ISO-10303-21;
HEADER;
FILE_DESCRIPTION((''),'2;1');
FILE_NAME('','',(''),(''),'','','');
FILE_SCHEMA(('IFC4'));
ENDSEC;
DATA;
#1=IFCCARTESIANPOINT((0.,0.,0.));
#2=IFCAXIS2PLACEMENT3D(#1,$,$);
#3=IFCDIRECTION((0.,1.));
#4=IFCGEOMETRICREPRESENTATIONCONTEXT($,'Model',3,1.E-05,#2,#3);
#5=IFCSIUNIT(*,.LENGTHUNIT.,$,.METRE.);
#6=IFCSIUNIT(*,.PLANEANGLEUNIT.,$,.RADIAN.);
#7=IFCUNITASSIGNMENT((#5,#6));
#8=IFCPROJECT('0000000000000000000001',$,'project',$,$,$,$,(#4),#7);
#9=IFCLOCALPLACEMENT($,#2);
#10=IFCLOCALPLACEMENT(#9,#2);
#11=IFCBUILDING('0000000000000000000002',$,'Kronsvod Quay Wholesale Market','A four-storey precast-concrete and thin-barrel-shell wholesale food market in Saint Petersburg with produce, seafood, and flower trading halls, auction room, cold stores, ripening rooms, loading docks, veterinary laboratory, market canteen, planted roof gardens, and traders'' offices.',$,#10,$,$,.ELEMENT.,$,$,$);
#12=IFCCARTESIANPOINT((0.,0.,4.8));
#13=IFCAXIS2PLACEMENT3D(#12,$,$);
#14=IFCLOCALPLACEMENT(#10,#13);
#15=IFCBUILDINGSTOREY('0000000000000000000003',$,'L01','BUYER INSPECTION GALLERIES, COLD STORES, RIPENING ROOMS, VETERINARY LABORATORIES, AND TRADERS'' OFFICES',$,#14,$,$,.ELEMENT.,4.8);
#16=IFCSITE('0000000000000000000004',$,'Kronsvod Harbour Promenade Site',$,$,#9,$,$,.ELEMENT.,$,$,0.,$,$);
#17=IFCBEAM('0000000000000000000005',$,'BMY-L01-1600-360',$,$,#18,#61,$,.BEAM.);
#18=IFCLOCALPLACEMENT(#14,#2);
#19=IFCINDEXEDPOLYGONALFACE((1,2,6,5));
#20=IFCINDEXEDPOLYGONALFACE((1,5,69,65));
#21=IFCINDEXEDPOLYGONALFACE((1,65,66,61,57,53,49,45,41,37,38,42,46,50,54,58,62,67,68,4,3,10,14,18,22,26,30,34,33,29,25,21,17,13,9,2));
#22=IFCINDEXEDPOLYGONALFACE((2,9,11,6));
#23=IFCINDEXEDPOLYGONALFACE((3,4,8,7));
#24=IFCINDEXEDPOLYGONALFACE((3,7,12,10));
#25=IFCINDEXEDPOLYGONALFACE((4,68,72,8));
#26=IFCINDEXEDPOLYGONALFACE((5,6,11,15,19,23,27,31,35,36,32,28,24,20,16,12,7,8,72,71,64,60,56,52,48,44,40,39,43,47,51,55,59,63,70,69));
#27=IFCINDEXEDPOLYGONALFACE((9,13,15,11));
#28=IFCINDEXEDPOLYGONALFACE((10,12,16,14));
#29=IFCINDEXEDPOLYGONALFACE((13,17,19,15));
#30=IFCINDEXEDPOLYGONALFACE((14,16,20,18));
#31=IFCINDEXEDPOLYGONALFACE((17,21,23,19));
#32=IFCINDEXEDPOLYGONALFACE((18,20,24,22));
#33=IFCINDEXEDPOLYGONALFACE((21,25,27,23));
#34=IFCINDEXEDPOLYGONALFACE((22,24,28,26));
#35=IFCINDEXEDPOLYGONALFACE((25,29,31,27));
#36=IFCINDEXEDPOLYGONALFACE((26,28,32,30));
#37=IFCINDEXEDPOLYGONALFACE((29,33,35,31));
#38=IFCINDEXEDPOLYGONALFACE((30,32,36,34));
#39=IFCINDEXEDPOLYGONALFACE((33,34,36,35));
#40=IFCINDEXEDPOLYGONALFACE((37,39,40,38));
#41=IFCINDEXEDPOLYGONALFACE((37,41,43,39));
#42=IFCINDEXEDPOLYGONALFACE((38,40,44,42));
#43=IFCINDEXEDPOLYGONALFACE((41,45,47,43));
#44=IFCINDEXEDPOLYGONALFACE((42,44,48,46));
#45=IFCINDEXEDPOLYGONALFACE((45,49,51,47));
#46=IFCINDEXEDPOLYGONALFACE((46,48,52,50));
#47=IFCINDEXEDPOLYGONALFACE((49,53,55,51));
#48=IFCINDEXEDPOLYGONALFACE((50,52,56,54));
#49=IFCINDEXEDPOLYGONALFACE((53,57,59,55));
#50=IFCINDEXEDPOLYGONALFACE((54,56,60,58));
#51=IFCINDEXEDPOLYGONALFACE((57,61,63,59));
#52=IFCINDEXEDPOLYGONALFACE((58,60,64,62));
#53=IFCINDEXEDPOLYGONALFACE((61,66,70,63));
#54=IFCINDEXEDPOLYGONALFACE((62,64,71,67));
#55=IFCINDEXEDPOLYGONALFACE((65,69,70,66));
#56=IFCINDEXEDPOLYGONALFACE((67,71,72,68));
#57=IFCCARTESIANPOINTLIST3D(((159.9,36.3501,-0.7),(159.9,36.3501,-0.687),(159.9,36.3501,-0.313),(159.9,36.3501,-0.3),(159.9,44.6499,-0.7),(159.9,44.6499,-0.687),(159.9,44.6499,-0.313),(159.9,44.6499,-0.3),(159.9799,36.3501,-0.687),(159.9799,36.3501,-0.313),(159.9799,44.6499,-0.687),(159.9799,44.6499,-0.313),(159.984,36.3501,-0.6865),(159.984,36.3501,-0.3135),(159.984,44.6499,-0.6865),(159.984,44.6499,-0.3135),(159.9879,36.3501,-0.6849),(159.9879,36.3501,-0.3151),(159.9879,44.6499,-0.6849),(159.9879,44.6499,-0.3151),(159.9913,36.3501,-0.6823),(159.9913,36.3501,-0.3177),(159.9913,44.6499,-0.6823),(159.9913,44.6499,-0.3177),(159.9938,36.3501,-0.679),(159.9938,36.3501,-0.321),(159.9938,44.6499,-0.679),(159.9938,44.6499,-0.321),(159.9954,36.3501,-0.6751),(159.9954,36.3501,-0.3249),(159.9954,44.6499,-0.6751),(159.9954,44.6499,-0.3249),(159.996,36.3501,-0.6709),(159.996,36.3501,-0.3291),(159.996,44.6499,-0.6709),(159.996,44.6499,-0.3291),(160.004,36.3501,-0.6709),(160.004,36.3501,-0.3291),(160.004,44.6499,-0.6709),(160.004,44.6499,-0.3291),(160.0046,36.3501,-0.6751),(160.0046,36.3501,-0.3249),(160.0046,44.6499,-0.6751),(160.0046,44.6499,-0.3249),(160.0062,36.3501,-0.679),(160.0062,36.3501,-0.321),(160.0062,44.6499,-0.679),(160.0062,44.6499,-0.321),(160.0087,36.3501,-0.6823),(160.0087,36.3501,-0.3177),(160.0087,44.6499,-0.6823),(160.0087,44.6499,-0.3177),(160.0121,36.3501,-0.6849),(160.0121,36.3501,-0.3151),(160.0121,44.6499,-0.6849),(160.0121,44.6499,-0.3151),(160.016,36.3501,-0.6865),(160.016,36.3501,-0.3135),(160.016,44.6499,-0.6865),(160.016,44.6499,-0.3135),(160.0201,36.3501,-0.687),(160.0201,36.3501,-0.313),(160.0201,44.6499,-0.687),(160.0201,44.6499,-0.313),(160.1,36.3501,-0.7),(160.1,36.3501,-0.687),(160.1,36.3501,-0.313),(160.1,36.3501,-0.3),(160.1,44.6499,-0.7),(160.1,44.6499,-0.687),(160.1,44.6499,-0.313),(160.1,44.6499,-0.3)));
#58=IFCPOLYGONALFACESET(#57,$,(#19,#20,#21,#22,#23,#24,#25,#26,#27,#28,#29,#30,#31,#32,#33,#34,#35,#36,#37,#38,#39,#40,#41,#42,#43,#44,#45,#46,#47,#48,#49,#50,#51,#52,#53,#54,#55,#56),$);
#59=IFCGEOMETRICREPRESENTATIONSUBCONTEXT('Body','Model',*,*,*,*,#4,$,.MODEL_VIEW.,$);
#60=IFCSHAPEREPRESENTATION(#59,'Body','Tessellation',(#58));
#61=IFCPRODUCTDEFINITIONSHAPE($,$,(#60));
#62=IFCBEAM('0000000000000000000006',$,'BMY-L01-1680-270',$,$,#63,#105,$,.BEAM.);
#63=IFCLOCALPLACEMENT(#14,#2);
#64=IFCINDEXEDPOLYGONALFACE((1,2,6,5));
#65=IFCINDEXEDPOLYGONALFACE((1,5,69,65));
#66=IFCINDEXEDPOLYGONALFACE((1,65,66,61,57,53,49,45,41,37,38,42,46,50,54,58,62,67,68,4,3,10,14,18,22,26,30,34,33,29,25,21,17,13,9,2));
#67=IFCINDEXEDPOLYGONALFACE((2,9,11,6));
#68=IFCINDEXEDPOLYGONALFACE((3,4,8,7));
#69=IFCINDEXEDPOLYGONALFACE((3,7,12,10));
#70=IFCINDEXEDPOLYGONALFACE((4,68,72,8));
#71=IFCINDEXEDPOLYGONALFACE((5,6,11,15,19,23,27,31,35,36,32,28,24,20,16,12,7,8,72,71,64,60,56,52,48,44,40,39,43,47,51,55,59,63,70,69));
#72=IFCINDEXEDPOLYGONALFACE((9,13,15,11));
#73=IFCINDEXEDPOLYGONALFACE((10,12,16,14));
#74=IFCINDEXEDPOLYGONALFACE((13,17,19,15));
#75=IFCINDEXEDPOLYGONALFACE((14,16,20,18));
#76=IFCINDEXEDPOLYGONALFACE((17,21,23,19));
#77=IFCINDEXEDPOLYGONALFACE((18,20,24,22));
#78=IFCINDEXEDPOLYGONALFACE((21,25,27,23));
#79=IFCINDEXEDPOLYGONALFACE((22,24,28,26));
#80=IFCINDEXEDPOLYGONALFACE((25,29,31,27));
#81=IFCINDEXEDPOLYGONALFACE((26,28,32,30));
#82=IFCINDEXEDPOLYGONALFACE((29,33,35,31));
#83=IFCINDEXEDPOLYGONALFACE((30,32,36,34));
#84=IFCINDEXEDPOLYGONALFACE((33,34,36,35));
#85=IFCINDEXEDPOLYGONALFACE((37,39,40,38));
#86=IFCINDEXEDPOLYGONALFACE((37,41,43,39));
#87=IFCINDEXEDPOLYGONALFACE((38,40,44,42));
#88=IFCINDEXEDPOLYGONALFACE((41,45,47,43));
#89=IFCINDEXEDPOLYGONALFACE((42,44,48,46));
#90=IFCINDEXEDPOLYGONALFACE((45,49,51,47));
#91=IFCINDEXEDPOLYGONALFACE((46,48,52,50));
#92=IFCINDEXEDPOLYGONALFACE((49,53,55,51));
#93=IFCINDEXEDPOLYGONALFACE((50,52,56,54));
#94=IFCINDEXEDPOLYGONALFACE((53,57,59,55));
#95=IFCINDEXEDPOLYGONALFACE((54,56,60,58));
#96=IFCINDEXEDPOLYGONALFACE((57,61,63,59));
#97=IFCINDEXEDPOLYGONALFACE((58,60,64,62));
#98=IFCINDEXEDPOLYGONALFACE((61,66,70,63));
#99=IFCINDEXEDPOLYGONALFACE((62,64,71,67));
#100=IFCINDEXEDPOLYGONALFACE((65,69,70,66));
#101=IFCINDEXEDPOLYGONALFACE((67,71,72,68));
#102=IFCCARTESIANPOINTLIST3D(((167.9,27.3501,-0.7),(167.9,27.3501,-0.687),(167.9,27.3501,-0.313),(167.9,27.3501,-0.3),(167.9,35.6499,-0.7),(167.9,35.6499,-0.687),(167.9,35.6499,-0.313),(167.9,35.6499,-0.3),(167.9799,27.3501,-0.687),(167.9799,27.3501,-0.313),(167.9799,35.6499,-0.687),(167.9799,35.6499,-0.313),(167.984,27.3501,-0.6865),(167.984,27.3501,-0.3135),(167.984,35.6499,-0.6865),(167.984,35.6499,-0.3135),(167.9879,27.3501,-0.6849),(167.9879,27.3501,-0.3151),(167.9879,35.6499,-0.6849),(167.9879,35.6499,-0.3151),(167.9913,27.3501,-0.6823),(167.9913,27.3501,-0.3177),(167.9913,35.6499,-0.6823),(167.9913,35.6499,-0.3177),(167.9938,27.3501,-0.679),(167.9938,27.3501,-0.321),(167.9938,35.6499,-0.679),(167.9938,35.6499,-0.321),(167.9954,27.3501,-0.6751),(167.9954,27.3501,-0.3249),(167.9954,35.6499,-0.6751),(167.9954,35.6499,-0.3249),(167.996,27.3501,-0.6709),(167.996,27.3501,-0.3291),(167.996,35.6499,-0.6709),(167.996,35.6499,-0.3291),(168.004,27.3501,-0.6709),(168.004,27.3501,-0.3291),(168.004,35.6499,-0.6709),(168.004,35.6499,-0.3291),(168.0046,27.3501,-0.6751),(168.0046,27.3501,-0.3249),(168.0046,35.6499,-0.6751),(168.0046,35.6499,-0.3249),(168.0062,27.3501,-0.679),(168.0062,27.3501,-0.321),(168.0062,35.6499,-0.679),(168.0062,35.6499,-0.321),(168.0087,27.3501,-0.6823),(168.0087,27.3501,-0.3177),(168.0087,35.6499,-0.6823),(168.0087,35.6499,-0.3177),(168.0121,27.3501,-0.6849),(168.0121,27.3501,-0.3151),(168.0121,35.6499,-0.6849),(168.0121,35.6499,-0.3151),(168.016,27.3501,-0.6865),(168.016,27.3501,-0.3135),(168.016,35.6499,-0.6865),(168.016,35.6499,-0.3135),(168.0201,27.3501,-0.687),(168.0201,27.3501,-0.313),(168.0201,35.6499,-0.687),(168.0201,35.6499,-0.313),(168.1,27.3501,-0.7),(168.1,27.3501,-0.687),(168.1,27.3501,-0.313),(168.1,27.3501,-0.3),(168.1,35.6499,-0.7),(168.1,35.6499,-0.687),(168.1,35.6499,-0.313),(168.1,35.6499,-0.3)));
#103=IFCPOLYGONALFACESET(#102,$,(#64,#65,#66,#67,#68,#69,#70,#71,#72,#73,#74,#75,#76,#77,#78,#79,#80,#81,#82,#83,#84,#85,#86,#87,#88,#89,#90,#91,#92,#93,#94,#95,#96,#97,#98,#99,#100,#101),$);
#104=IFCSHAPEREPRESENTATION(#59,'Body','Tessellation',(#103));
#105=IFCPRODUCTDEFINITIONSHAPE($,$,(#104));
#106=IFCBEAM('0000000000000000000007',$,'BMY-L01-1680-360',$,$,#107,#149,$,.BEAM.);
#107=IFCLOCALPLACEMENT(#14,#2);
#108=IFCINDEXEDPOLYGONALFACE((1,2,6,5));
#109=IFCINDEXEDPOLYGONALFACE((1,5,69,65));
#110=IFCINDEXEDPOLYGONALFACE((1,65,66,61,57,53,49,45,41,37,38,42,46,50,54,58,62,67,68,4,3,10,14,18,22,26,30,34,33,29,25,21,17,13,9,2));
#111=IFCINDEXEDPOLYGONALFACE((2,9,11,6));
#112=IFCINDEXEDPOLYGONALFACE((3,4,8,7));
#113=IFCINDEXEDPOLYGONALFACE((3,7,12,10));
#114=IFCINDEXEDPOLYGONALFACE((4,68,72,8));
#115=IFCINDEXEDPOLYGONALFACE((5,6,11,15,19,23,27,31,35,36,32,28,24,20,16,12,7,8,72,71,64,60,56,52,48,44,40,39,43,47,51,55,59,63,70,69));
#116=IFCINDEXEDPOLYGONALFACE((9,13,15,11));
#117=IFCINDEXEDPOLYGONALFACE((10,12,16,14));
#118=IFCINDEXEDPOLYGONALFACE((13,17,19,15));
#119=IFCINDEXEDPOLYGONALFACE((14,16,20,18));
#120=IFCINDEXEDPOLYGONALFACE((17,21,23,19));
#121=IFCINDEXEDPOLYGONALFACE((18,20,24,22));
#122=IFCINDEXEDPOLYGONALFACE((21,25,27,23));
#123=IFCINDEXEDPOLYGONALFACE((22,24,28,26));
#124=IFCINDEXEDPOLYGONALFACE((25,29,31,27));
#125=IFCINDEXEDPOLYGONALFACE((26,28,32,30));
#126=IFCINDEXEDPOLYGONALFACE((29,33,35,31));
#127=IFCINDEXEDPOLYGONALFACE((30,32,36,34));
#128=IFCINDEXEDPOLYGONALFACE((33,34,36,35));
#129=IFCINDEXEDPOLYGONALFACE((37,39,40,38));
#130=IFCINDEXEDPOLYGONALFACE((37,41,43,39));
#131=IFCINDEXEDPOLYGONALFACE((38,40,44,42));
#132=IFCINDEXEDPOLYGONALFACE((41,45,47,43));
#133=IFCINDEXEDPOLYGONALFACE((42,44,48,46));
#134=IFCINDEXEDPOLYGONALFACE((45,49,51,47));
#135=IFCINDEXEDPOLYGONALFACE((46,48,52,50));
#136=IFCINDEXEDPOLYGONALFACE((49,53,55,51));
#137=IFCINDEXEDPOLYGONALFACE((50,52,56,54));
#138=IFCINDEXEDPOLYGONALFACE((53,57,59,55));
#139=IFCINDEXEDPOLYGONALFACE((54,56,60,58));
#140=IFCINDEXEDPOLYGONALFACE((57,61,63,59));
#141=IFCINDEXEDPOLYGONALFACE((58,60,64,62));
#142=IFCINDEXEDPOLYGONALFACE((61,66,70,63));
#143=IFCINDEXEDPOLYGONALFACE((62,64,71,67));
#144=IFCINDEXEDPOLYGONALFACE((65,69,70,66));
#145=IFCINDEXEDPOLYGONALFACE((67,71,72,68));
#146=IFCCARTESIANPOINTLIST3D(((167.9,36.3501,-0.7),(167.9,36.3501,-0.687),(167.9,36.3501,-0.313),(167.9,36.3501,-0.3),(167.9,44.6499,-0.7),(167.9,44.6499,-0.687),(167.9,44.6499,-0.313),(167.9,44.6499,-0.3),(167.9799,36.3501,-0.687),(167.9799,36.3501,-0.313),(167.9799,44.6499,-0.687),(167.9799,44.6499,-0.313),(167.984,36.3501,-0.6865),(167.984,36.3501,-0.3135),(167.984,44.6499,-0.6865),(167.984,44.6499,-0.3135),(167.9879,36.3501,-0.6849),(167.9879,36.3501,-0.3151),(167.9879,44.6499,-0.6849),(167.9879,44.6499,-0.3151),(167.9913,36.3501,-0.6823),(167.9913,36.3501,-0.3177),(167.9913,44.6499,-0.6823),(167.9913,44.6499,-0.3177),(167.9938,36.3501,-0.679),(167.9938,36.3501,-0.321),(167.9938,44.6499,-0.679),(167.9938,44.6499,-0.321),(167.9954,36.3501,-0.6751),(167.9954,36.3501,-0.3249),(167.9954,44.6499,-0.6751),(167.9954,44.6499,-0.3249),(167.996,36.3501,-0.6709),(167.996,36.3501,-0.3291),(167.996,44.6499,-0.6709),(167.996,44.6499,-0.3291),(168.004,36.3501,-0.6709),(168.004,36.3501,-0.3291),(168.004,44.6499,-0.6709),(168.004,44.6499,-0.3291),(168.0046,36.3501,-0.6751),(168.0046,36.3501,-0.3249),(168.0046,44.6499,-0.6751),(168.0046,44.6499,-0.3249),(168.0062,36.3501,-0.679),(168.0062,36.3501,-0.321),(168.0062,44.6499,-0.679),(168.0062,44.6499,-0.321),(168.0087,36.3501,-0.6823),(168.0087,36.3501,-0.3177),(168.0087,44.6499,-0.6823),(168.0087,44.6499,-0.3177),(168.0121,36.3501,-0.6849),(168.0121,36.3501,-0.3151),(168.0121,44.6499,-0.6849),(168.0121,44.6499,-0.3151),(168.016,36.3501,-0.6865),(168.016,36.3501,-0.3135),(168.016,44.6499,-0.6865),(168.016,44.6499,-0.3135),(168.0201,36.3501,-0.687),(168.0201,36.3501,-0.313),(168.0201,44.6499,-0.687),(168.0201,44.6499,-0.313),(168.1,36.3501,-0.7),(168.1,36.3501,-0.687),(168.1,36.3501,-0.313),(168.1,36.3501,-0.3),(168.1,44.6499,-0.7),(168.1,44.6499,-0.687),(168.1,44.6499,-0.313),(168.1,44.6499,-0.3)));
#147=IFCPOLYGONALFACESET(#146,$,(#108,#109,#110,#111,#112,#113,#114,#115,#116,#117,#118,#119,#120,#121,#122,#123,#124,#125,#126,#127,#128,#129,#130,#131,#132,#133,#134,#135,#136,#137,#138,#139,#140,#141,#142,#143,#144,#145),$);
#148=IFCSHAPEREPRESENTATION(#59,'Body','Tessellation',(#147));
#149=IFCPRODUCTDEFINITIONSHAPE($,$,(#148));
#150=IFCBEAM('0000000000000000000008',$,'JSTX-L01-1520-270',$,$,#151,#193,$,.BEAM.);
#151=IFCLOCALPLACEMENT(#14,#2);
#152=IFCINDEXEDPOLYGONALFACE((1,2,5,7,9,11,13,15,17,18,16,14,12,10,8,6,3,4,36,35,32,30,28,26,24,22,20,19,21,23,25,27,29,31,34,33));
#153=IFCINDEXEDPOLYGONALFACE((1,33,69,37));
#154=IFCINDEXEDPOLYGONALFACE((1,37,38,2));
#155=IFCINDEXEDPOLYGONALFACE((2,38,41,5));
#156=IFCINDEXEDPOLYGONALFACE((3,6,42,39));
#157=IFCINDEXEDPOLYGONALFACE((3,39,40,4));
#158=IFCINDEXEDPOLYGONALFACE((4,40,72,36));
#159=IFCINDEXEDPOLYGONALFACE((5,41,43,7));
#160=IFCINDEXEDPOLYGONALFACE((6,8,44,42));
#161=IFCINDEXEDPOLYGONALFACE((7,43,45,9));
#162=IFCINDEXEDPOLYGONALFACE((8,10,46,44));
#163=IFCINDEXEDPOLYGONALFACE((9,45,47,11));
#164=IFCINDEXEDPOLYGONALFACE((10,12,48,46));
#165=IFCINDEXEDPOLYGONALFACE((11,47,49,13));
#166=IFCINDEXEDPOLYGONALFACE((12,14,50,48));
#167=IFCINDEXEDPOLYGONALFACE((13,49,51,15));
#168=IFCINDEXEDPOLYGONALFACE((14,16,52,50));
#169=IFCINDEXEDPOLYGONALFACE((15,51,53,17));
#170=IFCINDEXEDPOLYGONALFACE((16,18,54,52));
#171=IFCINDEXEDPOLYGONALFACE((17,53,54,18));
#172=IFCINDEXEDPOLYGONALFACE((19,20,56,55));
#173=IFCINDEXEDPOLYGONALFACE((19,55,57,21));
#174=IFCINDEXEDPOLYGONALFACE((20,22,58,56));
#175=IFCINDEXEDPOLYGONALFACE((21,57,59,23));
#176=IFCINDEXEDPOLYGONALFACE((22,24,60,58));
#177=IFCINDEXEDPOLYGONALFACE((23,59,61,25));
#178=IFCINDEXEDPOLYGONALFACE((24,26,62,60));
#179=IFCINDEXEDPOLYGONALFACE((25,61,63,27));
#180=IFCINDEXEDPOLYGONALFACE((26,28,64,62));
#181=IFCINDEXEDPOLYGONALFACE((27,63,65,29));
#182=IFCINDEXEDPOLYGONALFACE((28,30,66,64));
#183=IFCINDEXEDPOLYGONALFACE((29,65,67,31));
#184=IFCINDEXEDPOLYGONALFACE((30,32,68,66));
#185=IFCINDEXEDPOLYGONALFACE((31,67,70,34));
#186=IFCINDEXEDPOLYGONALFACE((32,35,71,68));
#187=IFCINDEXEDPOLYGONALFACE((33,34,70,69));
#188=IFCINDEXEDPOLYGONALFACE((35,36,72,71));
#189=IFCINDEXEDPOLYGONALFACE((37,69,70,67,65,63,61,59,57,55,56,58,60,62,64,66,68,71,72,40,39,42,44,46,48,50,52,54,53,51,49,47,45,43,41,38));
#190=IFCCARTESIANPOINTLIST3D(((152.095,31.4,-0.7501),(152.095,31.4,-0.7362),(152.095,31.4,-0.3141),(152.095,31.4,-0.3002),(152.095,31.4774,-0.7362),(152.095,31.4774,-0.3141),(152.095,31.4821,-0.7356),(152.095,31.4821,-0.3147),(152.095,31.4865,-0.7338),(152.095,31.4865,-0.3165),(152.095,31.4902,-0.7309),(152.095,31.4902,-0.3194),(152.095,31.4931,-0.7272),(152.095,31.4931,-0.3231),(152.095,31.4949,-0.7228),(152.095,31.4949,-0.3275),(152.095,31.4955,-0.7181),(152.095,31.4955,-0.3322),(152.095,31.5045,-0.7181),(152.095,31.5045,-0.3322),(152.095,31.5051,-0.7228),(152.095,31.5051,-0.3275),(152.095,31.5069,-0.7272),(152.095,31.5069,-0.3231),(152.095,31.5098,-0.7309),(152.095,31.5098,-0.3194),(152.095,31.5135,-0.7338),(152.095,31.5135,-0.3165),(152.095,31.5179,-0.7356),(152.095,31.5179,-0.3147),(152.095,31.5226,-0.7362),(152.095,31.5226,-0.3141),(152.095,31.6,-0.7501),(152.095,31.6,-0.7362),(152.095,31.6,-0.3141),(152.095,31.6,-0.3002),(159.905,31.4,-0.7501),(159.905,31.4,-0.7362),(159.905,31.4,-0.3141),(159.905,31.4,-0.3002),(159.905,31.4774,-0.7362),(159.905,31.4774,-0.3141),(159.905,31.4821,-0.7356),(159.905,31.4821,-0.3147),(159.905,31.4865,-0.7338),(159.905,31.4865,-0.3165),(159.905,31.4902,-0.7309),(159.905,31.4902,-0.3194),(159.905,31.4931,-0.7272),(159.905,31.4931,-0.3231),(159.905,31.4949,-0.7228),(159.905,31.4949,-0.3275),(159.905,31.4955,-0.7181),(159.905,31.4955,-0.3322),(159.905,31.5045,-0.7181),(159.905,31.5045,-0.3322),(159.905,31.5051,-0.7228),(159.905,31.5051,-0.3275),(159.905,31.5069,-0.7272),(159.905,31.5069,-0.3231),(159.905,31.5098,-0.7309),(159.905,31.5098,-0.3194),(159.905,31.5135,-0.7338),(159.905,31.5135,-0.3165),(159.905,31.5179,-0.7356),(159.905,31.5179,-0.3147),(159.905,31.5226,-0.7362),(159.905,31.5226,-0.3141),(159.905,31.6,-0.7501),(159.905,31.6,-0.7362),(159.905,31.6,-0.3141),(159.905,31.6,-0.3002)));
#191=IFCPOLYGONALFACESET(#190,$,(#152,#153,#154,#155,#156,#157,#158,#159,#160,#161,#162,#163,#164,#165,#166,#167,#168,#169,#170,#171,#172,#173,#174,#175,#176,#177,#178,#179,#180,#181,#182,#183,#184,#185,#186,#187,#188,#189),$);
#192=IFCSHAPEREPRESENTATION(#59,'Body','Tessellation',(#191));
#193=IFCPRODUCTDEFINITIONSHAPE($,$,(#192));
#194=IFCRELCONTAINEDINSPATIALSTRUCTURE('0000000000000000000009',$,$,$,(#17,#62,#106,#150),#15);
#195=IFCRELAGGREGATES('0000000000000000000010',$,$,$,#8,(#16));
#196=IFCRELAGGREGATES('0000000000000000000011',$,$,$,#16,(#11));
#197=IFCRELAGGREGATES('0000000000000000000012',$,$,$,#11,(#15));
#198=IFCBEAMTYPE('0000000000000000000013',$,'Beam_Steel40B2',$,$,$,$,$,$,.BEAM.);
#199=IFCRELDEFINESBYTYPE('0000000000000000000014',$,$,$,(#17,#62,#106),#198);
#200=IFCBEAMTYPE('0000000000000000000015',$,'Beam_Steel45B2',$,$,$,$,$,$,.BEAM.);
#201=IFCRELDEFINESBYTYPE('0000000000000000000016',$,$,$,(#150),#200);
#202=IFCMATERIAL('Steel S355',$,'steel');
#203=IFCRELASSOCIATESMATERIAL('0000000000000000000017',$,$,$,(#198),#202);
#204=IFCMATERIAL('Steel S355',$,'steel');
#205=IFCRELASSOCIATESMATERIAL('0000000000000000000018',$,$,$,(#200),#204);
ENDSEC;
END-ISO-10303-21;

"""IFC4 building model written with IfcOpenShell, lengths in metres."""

from ifc_helpers import new_model, si_unit, direction, frame, origin, origin_2d, place, context, subcontext, project, spatial, i_section, extrude, material, material_profile, profile_set, type_object, element, save


model = new_model("IFC4")

# Units and contexts
model_context = context("Model", 3, precision=1e-05, world=origin(), true_north=direction((0.0, 1.0)))
body_context = subcontext(model_context, "Body", "Model", "MODEL_VIEW")
ifc_project = project(units=[si_unit("LENGTHUNIT", "METRE"), si_unit("PLANEANGLEUNIT", "RADIAN")], contexts=[model_context])

# Site, building, storey
site_placement = place(None, origin())
site = spatial("IfcSite", under=ifc_project, at=site_placement, Name="Kronsvod Harbour Promenade Site", CompositionType="ELEMENT", RefElevation=0.0)
building_placement = place(site_placement, origin())
building = spatial("IfcBuilding", under=site, at=building_placement, Name="Kronsvod Quay Wholesale Market", Description="A four-storey precast-concrete and thin-barrel-shell wholesale food market in Saint Petersburg with produce, seafood, and flower trading halls, auction room, cold stores, ripening rooms, loading docks, veterinary laboratory, market canteen, planted roof gardens, and traders' offices.", CompositionType="ELEMENT")
storey_placement = place(building_placement, frame((0.0, 0.0, 4.8)))
storey = spatial("IfcBuildingStorey", under=building, at=storey_placement, Name="L01", Description="BUYER INSPECTION GALLERIES, COLD STORES, RIPENING ROOMS, VETERINARY LABORATORIES, AND TRADERS' OFFICES", CompositionType="ELEMENT", Elevation=4.8)

# Beams
ifc_material_1 = material(Name="Steel S355", Category="steel")
ifc_material_profile_1 = material_profile(ifc_material_1, i_section(OverallWidth=0.2, OverallDepth=0.3999, WebThickness=0.0081, FlangeThickness=0.0129, FilletRadius=0.0161, at=origin_2d()), Name="40B2")
ifc_profile_set_1 = profile_set([ifc_material_profile_1], Name="Steel S355")
beam_type_1 = type_object("IfcBeamType", Name="Beam_Steel40B2", PredefinedType="BEAM", material=ifc_profile_set_1)
for number, where, z_axis, x_axis, name in (
    (1, (160.0, 36.3501, -0.5), (0.0, 1.0, 0.0), (-1.0, 0.0, 0.0), "BMY-L01-1600-360"),
    (2, (168.0, 27.3501, -0.5), (0.0, 1.0, 0.0), (-1.0, 0.0, 0.0), "BMY-L01-1680-270"),
    (3, (168.0, 36.3501, -0.5), (0.0, 1.0, 0.0), (-1.0, 0.0, 0.0), "BMY-L01-1680-360"),
):
    element("IfcBeam", number, at=place(storey_placement, frame(where, z_axis=z_axis, x_axis=x_axis)), inside=storey, type_object=beam_type_1, Name=name, PredefinedType="BEAM", context=body_context, shape_type="SweptSolid", body=[
        extrude(i_section(OverallWidth=0.2, OverallDepth=0.3999, WebThickness=0.0081, FlangeThickness=0.0129, FilletRadius=0.0161, at=origin_2d()), origin(), (0.0, 0.0, 1.0), 8.2998),
    ])
ifc_material_2 = material(Name="Steel S355", Category="steel")
ifc_material_profile_2 = material_profile(ifc_material_2, i_section(OverallWidth=0.2, OverallDepth=0.45, WebThickness=0.009, FlangeThickness=0.0139, FilletRadius=0.0181, at=origin_2d()), Name="45B2")
ifc_profile_set_2 = profile_set([ifc_material_profile_2], Name="Steel S355")
beam_type_2 = type_object("IfcBeamType", Name="Beam_Steel45B2", PredefinedType="BEAM", material=ifc_profile_set_2)
for number, where, z_axis, x_axis, name in (
    (4, (152.095, 31.5, -0.5251), (1.0, 0.0, 0.0), (0.0, 1.0, 0.0), "JSTX-L01-1520-270"),
):
    element("IfcBeam", number, at=place(storey_placement, frame(where, z_axis=z_axis, x_axis=x_axis)), inside=storey, type_object=beam_type_2, Name=name, PredefinedType="BEAM", context=body_context, shape_type="SweptSolid", body=[
        extrude(i_section(OverallWidth=0.2, OverallDepth=0.45, WebThickness=0.009, FlangeThickness=0.0139, FilletRadius=0.0181, at=origin_2d()), origin(), (0.0, 0.0, 1.0), 7.8101),
    ])

save(model, "model.ifc")
